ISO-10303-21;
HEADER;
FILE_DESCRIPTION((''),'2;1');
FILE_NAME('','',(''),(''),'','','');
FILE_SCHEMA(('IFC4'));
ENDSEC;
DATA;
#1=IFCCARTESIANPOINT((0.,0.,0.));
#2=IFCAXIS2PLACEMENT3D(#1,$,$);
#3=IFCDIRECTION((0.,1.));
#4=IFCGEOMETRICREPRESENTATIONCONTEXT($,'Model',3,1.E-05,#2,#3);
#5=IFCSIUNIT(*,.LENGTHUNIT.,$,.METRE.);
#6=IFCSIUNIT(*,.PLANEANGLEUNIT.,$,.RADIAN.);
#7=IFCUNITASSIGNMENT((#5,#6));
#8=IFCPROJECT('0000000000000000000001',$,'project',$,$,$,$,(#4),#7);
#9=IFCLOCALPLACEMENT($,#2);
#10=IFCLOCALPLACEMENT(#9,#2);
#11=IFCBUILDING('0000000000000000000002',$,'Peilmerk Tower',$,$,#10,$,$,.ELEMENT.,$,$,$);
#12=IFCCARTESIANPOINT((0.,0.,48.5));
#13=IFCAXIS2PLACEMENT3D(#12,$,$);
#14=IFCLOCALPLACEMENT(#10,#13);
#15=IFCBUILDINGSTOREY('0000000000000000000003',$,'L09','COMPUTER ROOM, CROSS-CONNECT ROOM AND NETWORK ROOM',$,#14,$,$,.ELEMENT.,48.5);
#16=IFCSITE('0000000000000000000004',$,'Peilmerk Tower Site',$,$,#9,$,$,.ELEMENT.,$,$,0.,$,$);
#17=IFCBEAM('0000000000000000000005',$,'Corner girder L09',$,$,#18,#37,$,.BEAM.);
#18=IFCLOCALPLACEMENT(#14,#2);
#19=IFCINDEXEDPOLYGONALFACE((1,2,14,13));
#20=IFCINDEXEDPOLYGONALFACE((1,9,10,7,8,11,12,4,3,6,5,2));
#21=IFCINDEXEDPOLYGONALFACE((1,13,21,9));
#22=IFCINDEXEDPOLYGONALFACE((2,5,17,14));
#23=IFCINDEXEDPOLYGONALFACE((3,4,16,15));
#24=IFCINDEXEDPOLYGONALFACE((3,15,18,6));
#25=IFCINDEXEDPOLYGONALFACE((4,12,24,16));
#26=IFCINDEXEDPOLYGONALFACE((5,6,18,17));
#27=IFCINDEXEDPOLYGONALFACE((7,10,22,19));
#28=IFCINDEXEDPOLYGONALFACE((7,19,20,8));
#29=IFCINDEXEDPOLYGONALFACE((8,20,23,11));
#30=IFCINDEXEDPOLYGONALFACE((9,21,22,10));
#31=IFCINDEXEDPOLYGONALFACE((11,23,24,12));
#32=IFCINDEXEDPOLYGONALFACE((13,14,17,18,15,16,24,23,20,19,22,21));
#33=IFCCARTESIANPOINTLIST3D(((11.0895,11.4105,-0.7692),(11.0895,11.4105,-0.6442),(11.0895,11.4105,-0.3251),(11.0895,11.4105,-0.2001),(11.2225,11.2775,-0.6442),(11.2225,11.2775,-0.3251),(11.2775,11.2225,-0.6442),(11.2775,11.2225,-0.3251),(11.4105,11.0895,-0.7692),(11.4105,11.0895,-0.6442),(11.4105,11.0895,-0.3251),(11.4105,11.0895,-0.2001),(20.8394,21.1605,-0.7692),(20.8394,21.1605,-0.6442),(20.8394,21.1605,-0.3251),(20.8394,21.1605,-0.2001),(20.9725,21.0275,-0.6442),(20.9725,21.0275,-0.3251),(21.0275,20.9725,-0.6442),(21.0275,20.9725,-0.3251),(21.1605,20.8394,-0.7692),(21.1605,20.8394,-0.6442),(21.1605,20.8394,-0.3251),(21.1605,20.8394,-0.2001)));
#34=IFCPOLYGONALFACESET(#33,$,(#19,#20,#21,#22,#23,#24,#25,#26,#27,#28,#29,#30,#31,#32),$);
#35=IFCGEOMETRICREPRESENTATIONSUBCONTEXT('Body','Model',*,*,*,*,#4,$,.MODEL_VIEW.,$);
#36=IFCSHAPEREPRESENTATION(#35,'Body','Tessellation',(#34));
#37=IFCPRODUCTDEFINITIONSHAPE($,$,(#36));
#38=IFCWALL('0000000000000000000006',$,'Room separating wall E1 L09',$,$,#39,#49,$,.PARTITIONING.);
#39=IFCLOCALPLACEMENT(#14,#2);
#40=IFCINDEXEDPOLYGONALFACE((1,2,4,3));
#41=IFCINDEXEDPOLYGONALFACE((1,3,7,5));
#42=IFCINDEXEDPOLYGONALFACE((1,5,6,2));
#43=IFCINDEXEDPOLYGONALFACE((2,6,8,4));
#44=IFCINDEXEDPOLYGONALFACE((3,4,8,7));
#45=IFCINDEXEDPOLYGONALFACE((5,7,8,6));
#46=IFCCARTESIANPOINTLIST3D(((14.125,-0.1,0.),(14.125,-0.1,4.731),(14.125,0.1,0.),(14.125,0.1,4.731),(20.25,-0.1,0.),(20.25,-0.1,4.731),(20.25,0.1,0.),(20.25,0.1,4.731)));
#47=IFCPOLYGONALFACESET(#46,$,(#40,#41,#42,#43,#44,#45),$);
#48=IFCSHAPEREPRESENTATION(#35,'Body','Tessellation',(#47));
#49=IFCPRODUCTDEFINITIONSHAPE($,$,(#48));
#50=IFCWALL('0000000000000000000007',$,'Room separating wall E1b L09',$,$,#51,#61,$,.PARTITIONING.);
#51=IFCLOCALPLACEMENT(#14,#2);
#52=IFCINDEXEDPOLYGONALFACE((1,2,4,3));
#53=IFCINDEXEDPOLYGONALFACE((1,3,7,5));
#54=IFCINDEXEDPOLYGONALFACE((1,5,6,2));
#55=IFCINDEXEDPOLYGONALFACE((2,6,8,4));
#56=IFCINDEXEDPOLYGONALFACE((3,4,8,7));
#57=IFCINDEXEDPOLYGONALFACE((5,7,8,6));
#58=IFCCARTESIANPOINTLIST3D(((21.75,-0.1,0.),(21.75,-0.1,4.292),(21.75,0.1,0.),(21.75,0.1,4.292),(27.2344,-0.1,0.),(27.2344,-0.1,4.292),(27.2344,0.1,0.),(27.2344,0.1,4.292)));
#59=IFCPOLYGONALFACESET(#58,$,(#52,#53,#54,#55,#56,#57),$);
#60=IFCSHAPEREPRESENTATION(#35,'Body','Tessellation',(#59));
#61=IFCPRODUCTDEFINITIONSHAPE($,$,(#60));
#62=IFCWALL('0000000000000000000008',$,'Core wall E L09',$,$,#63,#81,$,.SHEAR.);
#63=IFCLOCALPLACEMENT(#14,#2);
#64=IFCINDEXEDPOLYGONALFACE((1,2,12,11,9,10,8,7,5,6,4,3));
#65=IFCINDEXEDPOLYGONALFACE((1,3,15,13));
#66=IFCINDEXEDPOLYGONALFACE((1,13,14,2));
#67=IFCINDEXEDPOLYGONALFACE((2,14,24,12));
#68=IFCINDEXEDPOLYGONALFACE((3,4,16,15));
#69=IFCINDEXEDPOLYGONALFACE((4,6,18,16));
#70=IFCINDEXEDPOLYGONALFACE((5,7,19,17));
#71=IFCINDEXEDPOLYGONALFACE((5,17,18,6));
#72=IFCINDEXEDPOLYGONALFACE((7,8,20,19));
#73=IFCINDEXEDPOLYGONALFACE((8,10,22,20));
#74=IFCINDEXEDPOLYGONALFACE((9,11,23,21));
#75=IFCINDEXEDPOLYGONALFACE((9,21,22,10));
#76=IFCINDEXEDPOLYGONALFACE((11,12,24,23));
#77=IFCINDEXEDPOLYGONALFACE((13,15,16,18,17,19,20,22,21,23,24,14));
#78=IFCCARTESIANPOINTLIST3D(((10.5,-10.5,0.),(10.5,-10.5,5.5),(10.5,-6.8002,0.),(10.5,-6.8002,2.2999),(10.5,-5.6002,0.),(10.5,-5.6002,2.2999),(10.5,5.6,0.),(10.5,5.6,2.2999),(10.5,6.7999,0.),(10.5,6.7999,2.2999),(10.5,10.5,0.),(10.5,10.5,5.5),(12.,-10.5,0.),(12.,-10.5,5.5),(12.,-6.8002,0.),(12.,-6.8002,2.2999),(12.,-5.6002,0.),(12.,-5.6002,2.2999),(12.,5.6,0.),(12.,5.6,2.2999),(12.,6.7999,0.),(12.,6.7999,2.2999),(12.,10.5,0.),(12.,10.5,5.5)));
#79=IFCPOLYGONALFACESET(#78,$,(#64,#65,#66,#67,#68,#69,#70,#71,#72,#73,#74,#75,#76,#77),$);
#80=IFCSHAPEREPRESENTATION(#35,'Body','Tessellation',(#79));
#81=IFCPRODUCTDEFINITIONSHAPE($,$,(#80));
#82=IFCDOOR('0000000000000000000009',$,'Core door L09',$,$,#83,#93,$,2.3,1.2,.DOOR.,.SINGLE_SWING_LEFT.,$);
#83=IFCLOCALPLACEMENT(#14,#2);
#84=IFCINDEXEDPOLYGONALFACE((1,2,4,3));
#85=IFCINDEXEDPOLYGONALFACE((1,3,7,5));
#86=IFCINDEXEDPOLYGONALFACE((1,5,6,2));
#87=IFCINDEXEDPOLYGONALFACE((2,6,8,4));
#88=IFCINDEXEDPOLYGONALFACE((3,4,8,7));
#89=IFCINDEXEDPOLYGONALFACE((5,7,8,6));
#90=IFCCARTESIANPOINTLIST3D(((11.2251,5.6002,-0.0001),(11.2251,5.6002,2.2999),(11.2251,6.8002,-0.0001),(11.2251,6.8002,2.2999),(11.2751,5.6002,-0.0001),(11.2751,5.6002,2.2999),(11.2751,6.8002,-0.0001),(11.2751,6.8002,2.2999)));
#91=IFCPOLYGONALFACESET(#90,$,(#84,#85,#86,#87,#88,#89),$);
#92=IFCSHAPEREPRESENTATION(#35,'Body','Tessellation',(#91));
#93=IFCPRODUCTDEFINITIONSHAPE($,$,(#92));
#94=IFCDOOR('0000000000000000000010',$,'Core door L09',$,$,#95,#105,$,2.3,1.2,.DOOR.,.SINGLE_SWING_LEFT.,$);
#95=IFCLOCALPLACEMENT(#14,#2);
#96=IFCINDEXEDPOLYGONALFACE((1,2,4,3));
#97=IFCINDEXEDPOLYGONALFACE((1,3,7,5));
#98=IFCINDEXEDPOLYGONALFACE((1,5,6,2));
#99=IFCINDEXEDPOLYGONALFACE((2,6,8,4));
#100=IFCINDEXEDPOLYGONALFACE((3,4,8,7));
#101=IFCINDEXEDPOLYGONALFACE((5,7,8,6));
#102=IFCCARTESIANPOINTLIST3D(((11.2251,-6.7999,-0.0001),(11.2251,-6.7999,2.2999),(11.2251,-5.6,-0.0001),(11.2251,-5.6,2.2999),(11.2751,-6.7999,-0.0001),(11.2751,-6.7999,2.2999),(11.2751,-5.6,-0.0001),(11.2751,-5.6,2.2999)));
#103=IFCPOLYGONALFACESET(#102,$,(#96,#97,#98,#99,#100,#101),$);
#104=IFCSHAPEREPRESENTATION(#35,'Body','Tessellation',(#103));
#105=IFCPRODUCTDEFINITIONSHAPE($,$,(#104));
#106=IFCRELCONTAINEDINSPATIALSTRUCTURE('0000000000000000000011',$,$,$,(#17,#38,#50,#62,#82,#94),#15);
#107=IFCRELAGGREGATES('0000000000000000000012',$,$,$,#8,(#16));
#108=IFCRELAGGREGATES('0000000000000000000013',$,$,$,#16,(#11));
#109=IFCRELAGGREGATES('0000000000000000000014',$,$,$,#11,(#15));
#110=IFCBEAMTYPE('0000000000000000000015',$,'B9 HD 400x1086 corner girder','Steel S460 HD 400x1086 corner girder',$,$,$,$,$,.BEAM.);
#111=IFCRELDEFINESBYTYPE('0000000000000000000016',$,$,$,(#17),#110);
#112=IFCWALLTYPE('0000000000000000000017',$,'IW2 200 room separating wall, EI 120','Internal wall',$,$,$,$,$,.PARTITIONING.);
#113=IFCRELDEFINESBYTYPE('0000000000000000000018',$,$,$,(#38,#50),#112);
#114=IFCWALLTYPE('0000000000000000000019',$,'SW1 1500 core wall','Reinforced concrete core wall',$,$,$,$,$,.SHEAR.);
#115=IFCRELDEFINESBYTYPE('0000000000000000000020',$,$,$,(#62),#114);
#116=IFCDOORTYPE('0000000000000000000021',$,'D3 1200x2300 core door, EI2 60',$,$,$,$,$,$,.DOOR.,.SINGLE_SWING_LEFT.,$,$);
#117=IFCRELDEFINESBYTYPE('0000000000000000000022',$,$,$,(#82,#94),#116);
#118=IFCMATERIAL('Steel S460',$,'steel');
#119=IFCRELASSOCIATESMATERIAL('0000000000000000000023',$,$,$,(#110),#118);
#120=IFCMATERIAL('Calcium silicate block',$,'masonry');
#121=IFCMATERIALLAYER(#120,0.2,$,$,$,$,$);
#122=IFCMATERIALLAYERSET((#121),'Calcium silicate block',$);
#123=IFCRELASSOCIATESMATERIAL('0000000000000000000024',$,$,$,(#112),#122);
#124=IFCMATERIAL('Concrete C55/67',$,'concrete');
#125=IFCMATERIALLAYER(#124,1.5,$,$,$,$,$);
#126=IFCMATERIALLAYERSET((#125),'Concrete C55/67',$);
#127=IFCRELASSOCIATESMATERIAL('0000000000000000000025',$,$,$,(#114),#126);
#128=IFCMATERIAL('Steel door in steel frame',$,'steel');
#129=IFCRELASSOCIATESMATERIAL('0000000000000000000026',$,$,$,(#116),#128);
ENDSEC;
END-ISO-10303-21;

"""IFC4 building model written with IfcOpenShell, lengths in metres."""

from ifc_helpers import new_model, si_unit, direction, frame, frame_2d, origin, origin_2d, place, context, subcontext, project, spatial, rectangle, i_section, extrude, material, layer, layer_set, material_profile, profile_set, type_object, element, fill, save


model = new_model("IFC4")

# Units and contexts
model_context = context("Model", 3, precision=1e-05, world=origin(), true_north=direction((0.0, 1.0)))
body_context = subcontext(model_context, "Body", "Model", "MODEL_VIEW")
ifc_project = project(units=[si_unit("LENGTHUNIT", "METRE"), si_unit("PLANEANGLEUNIT", "RADIAN")], contexts=[model_context])

# Site, building, storey
site_placement = place(None, origin())
site = spatial("IfcSite", under=ifc_project, at=site_placement, Name="Peilmerk Tower Site", CompositionType="ELEMENT", RefElevation=0.0)
building_placement = place(site_placement, origin())
building = spatial("IfcBuilding", under=site, at=building_placement, Name="Peilmerk Tower", CompositionType="ELEMENT")
storey_placement = place(building_placement, frame((0.0, 0.0, 48.5)))
storey = spatial("IfcBuildingStorey", under=building, at=storey_placement, Name="L09", Description="COMPUTER ROOM, CROSS-CONNECT ROOM AND NETWORK ROOM", CompositionType="ELEMENT", Elevation=48.5)

# Beam
ifc_material_1 = material(Name="Steel S460", Category="steel")
ifc_material_profile_1 = material_profile(ifc_material_1, i_section(OverallWidth=0.4541, OverallDepth=0.5691, WebThickness=0.0779, FlangeThickness=0.125, at=origin_2d()), Name="HD 400x1086")
ifc_profile_set_1 = profile_set([ifc_material_profile_1], Name="Steel S460")
beam_type_1 = type_object("IfcBeamType", Name="B9 HD 400x1086 corner girder", Description="Steel S460 HD 400x1086 corner girder", PredefinedType="BEAM", material=ifc_profile_set_1)
beam_1_placement = place(storey_placement, frame((11.25, 11.25, -0.4846), z_axis=(0.707107, 0.707107, 0.0), x_axis=(-0.707107, 0.707107, 0.0)))
element("IfcBeam", 1, at=beam_1_placement, inside=storey, type_object=beam_type_1, Name="Corner girder L09", PredefinedType="BEAM", context=body_context, shape_type="SweptSolid", body=[
    extrude(i_section(OverallWidth=0.4541, OverallDepth=0.5691, WebThickness=0.0779, FlangeThickness=0.125, at=origin_2d()), origin(), (0.0, 0.0, 1.0), 13.7886),
])

# Walls
ifc_material_2 = material(Name="Calcium silicate block", Category="masonry")
ifc_layer_1 = layer(ifc_material_2, 0.2)
ifc_layer_set_1 = layer_set([ifc_layer_1], Name="Calcium silicate block")
wall_type_1 = type_object("IfcWallType", Name="IW2 200 room separating wall, EI 120", Description="Internal wall", PredefinedType="PARTITIONING", material=ifc_layer_set_1)
wall_1_placement = place(storey_placement, frame((14.125, 0.0, 0.0), z_axis=(0.0, 0.0, 1.0), x_axis=(1.0, 0.0, 0.0)))
element("IfcWall", 2, at=wall_1_placement, inside=storey, type_object=wall_type_1, Name="Room separating wall E1 L09", PredefinedType="PARTITIONING", context=body_context, shape_type="SweptSolid", body=[
    extrude(rectangle(XDim=6.125, YDim=0.2, at=frame_2d((3.0625, 0.0))), origin(), (0.0, 0.0, 1.0), 4.731),
])
wall_2_placement = place(storey_placement, frame((21.75, 0.0, 0.0), z_axis=(0.0, 0.0, 1.0), x_axis=(1.0, 0.0, 0.0)))
element("IfcWall", 3, at=wall_2_placement, inside=storey, type_object=wall_type_1, Name="Room separating wall E1b L09", PredefinedType="PARTITIONING", context=body_context, shape_type="SweptSolid", body=[
    extrude(rectangle(XDim=5.4844, YDim=0.2, at=frame_2d((2.7422, 0.0))), origin(), (0.0, 0.0, 1.0), 4.292),
])

# Wall, openings, doors
ifc_material_3 = material(Name="Concrete C55/67", Category="concrete")
ifc_layer_2 = layer(ifc_material_3, 1.5)
ifc_layer_set_2 = layer_set([ifc_layer_2], Name="Concrete C55/67")
wall_type_2 = type_object("IfcWallType", Name="SW1 1500 core wall", Description="Reinforced concrete core wall", PredefinedType="SHEAR", material=ifc_layer_set_2)
wall_3_placement = place(storey_placement, frame((11.25, 10.5, 0.0), z_axis=(0.0, 0.0, 1.0), x_axis=(0.0, -1.0, 0.0)))
wall_3 = element("IfcWall", 4, at=wall_3_placement, inside=storey, type_object=wall_type_2, Name="Core wall E L09", PredefinedType="SHEAR", context=body_context, shape_type="SweptSolid", body=[
    extrude(rectangle(XDim=21.0, YDim=1.5, at=frame_2d((10.5, 0.0))), origin(), (0.0, 0.0, 1.0), 5.5),
])
opening_1_placement = place(wall_3_placement, frame((3.7, 0.0, 0.0)))
opening_1 = element("IfcOpeningElement", 5, at=opening_1_placement, cuts=wall_3, PredefinedType="OPENING", context=body_context, shape_type="SweptSolid", body=[
    extrude(rectangle(XDim=1.2, YDim=2.3, at=frame_2d((0.6001, 1.1499))), frame((0.0, 0.76, 0.0), z_axis=(0.0, -1.0, 0.0), x_axis=(1.0, 0.0, 0.0)), (0.0, 0.0, 1.0), 1.52),
])
opening_2_placement = place(wall_3_placement, frame((16.1001, 0.0, 0.0)))
opening_2 = element("IfcOpeningElement", 6, at=opening_2_placement, cuts=wall_3, PredefinedType="OPENING", context=body_context, shape_type="SweptSolid", body=[
    extrude(rectangle(XDim=1.2, YDim=2.3, at=frame_2d((0.6001, 1.1499))), frame((0.0, 0.76, 0.0), z_axis=(0.0, -1.0, 0.0), x_axis=(1.0, 0.0, 0.0)), (0.0, 0.0, 1.0), 1.52),
])
ifc_material_4 = material(Name="Steel door in steel frame", Category="steel")
door_type = type_object("IfcDoorType", Name="D3 1200x2300 core door, EI2 60", OperationType="SINGLE_SWING_LEFT", PredefinedType="DOOR", material=ifc_material_4)
door_1_placement = place(opening_1_placement, frame((1.2, 0.0, 0.0), z_axis=(0.0, 0.0, 1.0), x_axis=(-1.0, 0.0, 0.0)))
door_1 = element("IfcDoor", 7, at=door_1_placement, inside=storey, type_object=door_type, Name="Core door L09", OperationType="SINGLE_SWING_LEFT", OverallHeight=2.3, OverallWidth=1.2, PredefinedType="DOOR", context=body_context, shape_type="SweptSolid", body=[
    extrude(rectangle(XDim=1.2, YDim=2.3, at=frame_2d((0.6001, 1.1499))), frame((0.0, 0.0249, 0.0), z_axis=(0.0, -1.0, 0.0), x_axis=(1.0, 0.0, 0.0)), (0.0, 0.0, 1.0), 0.05),
])
fill(opening_1, door_1)
door_2_placement = place(opening_2_placement, frame((1.2, 0.0, 0.0), z_axis=(0.0, 0.0, 1.0), x_axis=(-1.0, 0.0, 0.0)))
door_2 = element("IfcDoor", 8, at=door_2_placement, inside=storey, type_object=door_type, Name="Core door L09", OperationType="SINGLE_SWING_LEFT", OverallHeight=2.3, OverallWidth=1.2, PredefinedType="DOOR", context=body_context, shape_type="SweptSolid", body=[
    extrude(rectangle(XDim=1.2, YDim=2.3, at=frame_2d((0.6001, 1.1499))), frame((0.0, 0.0249, 0.0), z_axis=(0.0, -1.0, 0.0), x_axis=(1.0, 0.0, 0.0)), (0.0, 0.0, 1.0), 0.05),
])
fill(opening_2, door_2)

save(model, "model.ifc")
